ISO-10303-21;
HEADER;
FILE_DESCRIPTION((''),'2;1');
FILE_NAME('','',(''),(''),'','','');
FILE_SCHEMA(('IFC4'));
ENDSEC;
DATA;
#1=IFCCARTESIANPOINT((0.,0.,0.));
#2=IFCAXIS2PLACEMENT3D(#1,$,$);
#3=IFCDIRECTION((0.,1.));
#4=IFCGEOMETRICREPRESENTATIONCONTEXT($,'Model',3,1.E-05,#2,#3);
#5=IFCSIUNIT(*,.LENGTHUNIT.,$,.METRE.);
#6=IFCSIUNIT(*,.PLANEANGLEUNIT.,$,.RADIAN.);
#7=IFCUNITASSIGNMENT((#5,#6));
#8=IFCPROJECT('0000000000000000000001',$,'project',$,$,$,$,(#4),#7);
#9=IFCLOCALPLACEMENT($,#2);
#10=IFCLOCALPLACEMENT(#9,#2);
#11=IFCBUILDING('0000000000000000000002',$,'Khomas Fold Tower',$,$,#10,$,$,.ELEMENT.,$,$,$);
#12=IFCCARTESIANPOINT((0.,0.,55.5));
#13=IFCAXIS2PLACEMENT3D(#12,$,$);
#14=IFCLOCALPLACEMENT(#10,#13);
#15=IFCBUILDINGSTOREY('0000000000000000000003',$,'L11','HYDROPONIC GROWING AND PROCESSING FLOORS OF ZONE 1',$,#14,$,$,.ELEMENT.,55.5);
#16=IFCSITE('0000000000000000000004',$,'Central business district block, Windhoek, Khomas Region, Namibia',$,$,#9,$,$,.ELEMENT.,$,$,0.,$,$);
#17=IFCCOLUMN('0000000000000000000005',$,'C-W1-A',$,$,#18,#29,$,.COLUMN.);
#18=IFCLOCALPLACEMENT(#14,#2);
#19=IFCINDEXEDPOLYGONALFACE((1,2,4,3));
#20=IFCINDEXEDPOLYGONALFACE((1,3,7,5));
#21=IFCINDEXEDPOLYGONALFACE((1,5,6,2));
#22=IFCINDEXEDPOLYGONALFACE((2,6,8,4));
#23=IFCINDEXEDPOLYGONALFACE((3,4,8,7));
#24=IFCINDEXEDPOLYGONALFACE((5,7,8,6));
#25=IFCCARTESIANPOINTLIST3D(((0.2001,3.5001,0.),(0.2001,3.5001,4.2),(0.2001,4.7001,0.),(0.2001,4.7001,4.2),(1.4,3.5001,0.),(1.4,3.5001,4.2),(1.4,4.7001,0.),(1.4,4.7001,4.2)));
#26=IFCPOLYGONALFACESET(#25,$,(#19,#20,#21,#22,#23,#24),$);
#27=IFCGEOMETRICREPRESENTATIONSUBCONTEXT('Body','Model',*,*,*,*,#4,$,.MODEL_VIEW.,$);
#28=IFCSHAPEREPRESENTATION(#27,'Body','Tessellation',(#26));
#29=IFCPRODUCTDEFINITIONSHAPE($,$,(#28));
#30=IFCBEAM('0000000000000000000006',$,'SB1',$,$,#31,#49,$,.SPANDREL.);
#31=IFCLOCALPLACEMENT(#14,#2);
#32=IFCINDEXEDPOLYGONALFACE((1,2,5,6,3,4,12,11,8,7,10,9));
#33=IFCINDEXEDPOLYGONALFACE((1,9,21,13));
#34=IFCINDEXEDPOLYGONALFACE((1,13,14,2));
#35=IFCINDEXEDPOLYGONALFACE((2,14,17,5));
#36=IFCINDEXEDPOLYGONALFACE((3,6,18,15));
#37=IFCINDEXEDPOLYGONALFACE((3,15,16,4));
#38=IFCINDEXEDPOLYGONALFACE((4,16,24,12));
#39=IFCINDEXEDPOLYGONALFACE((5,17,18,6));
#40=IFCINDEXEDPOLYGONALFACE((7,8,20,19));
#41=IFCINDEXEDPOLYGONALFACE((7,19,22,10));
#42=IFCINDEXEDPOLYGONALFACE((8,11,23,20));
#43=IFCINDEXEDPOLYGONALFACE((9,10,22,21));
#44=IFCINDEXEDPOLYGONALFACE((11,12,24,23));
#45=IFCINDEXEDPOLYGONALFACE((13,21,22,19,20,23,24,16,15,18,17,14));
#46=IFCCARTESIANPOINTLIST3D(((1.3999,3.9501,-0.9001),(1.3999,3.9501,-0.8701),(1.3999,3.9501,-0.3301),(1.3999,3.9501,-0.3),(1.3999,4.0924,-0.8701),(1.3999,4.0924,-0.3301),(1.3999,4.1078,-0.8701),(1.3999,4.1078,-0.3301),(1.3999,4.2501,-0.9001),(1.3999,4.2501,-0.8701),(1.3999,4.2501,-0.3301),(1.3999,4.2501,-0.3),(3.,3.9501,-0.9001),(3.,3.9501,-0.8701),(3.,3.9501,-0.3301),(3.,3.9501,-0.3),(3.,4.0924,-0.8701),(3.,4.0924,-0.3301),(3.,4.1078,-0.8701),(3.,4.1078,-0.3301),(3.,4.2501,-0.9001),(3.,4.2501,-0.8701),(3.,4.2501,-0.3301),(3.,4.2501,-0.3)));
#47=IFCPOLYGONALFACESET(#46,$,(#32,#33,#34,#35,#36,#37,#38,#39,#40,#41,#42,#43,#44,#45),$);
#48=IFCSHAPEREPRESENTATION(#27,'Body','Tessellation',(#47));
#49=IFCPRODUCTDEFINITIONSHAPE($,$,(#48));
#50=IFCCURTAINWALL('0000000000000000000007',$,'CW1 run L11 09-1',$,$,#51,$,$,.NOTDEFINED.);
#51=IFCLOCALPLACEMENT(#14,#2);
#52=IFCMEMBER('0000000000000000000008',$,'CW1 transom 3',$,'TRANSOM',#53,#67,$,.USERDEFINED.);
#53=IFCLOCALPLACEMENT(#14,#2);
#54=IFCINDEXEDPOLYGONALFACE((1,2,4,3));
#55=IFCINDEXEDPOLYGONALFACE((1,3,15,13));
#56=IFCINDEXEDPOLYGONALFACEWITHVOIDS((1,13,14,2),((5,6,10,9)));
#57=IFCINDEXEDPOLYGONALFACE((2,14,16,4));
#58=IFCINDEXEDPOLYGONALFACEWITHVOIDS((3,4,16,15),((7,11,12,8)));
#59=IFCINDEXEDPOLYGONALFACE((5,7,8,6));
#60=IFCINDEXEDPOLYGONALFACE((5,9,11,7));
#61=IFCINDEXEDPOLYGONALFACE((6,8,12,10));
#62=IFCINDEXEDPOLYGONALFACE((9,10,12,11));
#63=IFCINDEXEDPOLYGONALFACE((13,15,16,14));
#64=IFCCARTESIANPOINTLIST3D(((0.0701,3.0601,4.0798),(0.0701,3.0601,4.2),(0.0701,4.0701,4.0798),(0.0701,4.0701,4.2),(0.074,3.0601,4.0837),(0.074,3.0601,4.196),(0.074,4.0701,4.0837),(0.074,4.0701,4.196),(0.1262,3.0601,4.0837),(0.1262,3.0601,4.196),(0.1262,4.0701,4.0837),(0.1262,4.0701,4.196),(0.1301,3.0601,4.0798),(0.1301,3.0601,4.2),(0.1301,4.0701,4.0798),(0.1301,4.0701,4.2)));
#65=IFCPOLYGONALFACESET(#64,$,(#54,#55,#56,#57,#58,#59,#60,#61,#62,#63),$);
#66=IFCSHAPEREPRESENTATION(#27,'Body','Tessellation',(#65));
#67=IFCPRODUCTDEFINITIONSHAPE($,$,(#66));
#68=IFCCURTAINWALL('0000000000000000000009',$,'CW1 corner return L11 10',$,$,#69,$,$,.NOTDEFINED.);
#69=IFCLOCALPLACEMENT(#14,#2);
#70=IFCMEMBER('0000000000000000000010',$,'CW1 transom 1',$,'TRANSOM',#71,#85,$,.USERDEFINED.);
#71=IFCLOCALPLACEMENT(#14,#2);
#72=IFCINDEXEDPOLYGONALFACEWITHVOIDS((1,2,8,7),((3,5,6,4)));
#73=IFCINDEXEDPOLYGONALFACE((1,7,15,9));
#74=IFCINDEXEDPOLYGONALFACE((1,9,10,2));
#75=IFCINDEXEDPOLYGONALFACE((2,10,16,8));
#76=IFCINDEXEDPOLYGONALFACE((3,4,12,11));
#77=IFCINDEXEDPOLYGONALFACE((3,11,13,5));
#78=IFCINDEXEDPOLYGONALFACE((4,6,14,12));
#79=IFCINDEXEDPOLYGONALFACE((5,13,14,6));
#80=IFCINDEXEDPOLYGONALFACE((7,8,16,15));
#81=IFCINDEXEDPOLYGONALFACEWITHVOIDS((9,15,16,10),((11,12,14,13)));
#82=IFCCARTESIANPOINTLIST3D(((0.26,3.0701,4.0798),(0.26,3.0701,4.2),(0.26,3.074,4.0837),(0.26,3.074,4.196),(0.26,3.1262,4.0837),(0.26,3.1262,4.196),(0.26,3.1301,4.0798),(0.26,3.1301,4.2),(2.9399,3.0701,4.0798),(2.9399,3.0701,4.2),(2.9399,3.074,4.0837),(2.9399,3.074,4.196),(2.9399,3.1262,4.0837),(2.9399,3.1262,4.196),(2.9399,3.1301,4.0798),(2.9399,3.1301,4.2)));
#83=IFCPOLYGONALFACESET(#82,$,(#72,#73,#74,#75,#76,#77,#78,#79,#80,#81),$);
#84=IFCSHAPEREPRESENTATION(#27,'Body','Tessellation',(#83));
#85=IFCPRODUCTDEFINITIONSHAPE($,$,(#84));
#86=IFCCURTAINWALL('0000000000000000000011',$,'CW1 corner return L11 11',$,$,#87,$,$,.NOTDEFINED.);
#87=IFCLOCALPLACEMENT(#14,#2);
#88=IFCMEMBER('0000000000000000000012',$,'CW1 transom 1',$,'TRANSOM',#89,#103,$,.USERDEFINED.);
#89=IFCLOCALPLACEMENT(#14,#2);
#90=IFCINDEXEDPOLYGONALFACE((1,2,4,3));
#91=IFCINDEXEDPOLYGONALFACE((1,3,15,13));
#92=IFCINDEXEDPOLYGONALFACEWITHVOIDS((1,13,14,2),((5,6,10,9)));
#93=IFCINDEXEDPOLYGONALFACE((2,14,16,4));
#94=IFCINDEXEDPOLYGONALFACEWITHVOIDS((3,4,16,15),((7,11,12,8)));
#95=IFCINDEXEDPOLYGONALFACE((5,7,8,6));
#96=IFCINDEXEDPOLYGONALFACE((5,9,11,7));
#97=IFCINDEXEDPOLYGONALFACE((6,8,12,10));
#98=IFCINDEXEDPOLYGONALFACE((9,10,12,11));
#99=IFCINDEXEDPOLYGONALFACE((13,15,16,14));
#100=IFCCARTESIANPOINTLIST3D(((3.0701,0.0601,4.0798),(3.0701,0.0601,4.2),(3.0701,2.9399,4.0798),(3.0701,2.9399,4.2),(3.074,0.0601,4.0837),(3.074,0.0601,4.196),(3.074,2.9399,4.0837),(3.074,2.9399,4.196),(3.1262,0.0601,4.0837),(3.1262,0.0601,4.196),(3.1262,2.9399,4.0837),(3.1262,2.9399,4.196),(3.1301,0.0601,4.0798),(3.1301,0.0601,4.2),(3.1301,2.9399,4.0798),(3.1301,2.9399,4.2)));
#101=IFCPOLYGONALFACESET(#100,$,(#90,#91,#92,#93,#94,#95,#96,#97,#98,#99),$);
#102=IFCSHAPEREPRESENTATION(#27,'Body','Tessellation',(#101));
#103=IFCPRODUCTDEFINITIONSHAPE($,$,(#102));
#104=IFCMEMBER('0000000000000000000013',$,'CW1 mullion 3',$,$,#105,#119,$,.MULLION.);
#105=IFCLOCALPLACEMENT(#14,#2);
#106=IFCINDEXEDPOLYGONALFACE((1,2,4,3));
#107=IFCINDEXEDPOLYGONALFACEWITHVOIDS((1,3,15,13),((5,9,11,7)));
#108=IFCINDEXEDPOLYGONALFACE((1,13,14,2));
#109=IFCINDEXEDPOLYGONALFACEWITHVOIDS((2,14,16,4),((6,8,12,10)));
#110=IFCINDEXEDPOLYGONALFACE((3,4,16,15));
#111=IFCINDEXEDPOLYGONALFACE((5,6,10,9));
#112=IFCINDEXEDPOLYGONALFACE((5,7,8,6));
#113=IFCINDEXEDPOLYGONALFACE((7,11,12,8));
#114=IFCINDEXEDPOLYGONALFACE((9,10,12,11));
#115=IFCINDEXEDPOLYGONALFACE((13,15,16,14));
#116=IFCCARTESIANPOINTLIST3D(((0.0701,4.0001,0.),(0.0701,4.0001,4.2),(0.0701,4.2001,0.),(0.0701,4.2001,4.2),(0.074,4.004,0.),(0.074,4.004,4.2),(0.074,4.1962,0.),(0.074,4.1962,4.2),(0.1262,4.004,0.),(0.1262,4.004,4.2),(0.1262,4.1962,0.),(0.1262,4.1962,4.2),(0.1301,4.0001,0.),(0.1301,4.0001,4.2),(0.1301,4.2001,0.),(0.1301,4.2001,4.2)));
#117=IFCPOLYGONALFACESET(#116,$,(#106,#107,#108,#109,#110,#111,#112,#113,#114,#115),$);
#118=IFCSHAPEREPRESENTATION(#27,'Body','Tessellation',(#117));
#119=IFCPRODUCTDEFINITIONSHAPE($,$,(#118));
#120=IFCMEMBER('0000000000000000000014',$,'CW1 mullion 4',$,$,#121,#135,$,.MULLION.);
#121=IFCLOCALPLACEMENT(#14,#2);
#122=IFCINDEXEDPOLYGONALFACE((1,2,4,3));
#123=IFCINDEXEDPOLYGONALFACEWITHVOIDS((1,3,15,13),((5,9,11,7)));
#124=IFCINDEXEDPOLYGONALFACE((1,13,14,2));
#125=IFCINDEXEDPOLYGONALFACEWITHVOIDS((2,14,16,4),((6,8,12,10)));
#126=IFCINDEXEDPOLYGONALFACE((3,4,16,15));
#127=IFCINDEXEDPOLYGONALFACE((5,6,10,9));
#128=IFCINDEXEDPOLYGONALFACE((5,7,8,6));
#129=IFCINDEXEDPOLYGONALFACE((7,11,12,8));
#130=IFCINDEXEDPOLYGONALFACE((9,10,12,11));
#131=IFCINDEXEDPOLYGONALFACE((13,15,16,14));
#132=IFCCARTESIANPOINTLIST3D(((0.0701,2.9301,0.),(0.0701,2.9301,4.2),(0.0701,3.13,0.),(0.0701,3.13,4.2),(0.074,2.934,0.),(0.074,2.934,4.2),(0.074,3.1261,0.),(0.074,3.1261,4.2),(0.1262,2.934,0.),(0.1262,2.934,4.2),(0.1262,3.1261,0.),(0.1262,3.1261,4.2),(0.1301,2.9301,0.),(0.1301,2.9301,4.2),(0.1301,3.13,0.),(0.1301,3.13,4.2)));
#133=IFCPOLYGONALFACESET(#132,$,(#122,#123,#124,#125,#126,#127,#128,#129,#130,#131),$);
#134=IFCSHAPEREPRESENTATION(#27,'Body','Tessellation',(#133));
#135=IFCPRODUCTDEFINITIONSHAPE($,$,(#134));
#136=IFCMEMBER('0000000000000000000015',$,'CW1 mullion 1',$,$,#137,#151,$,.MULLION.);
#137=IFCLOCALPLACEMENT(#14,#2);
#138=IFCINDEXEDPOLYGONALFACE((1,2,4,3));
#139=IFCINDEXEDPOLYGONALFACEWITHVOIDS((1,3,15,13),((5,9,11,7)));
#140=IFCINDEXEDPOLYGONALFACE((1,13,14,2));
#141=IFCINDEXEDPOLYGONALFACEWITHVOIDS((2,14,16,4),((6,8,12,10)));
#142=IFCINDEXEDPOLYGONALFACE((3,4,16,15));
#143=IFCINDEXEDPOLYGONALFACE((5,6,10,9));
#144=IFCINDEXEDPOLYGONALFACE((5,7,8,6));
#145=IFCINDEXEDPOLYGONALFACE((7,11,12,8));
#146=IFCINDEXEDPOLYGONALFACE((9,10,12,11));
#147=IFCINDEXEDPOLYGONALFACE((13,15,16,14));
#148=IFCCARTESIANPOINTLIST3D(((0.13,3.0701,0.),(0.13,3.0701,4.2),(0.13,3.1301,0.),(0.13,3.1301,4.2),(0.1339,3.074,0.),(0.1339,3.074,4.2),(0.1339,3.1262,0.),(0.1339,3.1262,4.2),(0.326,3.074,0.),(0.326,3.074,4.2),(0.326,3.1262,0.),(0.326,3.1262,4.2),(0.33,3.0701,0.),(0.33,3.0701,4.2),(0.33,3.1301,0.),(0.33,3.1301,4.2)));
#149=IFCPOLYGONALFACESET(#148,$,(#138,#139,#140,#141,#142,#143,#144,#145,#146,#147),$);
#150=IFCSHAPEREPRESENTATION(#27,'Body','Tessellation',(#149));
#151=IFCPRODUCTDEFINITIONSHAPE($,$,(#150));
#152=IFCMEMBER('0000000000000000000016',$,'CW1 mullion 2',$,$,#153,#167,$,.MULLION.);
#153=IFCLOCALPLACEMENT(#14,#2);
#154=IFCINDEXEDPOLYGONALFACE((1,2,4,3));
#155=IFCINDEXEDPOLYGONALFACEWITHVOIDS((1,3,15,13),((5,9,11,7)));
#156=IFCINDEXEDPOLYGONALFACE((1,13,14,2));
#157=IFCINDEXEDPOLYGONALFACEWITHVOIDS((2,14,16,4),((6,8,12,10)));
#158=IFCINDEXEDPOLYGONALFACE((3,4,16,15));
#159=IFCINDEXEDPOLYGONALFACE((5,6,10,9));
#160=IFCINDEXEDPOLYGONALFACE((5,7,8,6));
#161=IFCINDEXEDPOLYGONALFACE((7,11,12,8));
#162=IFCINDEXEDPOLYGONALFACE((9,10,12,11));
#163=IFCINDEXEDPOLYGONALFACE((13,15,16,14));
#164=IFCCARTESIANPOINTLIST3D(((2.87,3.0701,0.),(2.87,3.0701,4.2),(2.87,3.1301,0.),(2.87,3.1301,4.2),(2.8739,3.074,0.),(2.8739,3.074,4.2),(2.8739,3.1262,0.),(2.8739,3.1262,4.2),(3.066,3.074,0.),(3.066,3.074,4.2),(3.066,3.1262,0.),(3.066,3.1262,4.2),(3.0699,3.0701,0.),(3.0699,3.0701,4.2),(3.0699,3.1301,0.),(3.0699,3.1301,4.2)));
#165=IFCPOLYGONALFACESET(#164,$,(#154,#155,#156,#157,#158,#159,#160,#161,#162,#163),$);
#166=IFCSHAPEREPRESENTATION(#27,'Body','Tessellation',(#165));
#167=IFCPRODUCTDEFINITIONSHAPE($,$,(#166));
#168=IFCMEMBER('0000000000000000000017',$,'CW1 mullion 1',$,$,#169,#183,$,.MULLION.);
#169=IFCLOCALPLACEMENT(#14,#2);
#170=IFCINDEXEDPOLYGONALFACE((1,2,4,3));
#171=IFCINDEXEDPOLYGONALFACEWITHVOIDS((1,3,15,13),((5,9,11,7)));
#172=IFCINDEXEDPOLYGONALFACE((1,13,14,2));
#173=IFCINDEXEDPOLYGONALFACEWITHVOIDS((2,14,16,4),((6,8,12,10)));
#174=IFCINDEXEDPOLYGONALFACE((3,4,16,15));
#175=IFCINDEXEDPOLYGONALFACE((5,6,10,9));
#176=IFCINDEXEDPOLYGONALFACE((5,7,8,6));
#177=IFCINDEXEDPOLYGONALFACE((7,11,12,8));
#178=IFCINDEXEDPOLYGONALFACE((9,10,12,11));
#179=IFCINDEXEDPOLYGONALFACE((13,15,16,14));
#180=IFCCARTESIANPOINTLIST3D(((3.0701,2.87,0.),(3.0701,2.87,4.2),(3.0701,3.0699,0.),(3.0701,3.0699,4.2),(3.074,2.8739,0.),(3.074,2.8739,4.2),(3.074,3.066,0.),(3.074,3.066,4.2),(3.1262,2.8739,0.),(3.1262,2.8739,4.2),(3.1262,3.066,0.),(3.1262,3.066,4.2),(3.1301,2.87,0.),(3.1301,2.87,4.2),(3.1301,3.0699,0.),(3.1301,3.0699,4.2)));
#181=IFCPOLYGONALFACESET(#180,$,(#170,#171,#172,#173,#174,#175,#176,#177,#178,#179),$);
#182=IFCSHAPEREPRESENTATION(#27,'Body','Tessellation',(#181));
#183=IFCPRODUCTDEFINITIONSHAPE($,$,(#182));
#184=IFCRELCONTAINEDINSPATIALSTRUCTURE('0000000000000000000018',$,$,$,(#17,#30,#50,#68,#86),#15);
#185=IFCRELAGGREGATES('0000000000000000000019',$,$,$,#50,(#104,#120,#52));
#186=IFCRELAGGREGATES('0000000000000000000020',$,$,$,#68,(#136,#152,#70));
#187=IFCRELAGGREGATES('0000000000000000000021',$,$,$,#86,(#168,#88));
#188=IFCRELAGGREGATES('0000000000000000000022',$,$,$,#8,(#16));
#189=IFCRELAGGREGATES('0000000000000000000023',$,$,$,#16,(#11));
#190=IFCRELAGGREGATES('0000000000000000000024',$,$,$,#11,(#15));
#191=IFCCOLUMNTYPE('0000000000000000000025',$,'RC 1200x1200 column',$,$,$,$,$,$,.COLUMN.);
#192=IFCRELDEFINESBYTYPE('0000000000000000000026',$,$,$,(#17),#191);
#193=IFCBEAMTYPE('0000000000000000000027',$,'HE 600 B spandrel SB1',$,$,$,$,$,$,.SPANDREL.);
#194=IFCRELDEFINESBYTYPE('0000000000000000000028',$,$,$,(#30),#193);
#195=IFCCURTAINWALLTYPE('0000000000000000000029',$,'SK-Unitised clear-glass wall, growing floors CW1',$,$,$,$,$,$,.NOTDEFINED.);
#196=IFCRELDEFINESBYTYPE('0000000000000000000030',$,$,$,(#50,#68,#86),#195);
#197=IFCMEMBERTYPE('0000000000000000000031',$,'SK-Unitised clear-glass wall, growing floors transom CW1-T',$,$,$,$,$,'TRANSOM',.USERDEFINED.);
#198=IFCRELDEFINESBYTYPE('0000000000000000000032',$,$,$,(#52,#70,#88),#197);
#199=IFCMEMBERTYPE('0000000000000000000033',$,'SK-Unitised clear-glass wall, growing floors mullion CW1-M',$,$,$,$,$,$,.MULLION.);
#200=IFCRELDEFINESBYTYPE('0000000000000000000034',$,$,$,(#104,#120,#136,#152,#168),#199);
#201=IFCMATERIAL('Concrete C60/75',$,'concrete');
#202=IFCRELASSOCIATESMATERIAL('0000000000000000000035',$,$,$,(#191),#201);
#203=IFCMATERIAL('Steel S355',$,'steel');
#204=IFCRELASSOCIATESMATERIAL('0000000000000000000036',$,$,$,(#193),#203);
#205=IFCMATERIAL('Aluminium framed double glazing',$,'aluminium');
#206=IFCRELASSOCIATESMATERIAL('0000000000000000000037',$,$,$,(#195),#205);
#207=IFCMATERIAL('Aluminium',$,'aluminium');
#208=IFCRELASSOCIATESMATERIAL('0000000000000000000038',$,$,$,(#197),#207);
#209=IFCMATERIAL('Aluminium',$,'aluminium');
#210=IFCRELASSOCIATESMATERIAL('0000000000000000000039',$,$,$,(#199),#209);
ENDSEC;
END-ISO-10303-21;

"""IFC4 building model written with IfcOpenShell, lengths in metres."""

from ifc_helpers import new_model, si_unit, direction, frame, origin, origin_2d, place, context, subcontext, project, spatial, rectangle, hollow_rectangle, i_section, extrude, source, transform, mapped, material, material_profile, profile_set, type_object, element, aggregate, save


model = new_model("IFC4")

# Units and contexts
model_context = context("Model", 3, precision=1e-05, world=origin(), true_north=direction((0.0, 1.0)))
body_context = subcontext(model_context, "Body", "Model", "MODEL_VIEW")
ifc_project = project(units=[si_unit("LENGTHUNIT", "METRE"), si_unit("PLANEANGLEUNIT", "RADIAN")], contexts=[model_context])

# Site, building, storey
site_placement = place(None, origin())
site = spatial("IfcSite", under=ifc_project, at=site_placement, Name="Central business district block, Windhoek, Khomas Region, Namibia", CompositionType="ELEMENT", RefElevation=0.0)
building_placement = place(site_placement, origin())
building = spatial("IfcBuilding", under=site, at=building_placement, Name="Khomas Fold Tower", CompositionType="ELEMENT")
storey_placement = place(building_placement, frame((0.0, 0.0, 55.5)))
storey = spatial("IfcBuildingStorey", under=building, at=storey_placement, Name="L11", Description="HYDROPONIC GROWING AND PROCESSING FLOORS OF ZONE 1", CompositionType="ELEMENT", Elevation=55.5)

# Column
ifc_material_1 = material(Name="Concrete C60/75", Category="concrete")
ifc_material_profile_1 = material_profile(ifc_material_1, rectangle(XDim=1.2, YDim=1.2, at=origin_2d()), Name="RC 1200x1200")
ifc_profile_set_1 = profile_set([ifc_material_profile_1], Name="Concrete C60/75")
column_type = type_object("IfcColumnType", Name="RC 1200x1200 column", PredefinedType="COLUMN", material=ifc_profile_set_1)
shared_shape_1 = source(origin(), body_context, "Body", "SweptSolid", [
    extrude(rectangle(XDim=1.2, YDim=1.2, at=origin_2d()), origin(), (0.0, 0.0, 1.0), 4.2),
])
column_placement = place(storey_placement, frame((0.8, 4.1001, 0.0), z_axis=(0.0, 0.0, 1.0), x_axis=(1.0, 0.0, 0.0)))
element("IfcColumn", 1, at=column_placement, inside=storey, type_object=column_type, Name="C-W1-A", PredefinedType="COLUMN", context=body_context, shape_type="MappedRepresentation", body=[
    mapped(shared_shape_1, transform((0.0, 0.0, 0.0))),
])

# Beam
ifc_material_2 = material(Name="Steel S355", Category="steel")
ifc_material_profile_2 = material_profile(ifc_material_2, i_section(OverallWidth=0.3, OverallDepth=0.6001, WebThickness=0.0154, FlangeThickness=0.03, at=origin_2d()), Name="HE 600 B")
ifc_profile_set_2 = profile_set([ifc_material_profile_2], Name="Steel S355")
beam_type = type_object("IfcBeamType", Name="HE 600 B spandrel SB1", PredefinedType="SPANDREL", material=ifc_profile_set_2)
shared_shape_2 = source(origin(), body_context, "Body", "SweptSolid", [
    extrude(i_section(OverallWidth=0.3, OverallDepth=0.6001, WebThickness=0.0154, FlangeThickness=0.03, at=origin_2d()), origin(), (0.0, 0.0, 1.0), 1.6001),
])
beam_placement = place(storey_placement, frame((1.3999, 4.1001, -0.6001), z_axis=(1.0, 0.0, 0.0), x_axis=(0.0, 1.0, 0.0)))
element("IfcBeam", 2, at=beam_placement, inside=storey, type_object=beam_type, Name="SB1", PredefinedType="SPANDREL", context=body_context, shape_type="MappedRepresentation", body=[
    mapped(shared_shape_2, transform((0.0, 0.0, 0.0))),
])

# Curtain walls, members
ifc_material_3 = material(Name="Aluminium framed double glazing", Category="aluminium")
curtain_wall_type = type_object("IfcCurtainWallType", Name="SK-Unitised clear-glass wall, growing floors CW1", PredefinedType="NOTDEFINED", material=ifc_material_3)
curtain_wall_1_placement = place(storey_placement, origin())
curtain_wall_1 = element("IfcCurtainWall", 3, at=curtain_wall_1_placement, inside=storey, type_object=curtain_wall_type, Name="CW1 run L11 09-1", PredefinedType="NOTDEFINED")
ifc_material_4 = material(Name="Aluminium", Category="aluminium")
ifc_material_profile_3 = material_profile(ifc_material_4, hollow_rectangle(XDim=0.0601, YDim=0.1201, WallThickness=0.0039, at=origin_2d()), Name="SK-Unitised clear-glass wall, growing floors transom CW1-T")
ifc_profile_set_3 = profile_set([ifc_material_profile_3], Name="Aluminium")
member_type_1 = type_object("IfcMemberType", Name="SK-Unitised clear-glass wall, growing floors transom CW1-T", ElementType="TRANSOM", PredefinedType="USERDEFINED", material=ifc_profile_set_3)
shared_shape_3 = source(origin(), body_context, "Body", "SweptSolid", [
    extrude(hollow_rectangle(XDim=0.0601, YDim=0.1201, WallThickness=0.0039, at=origin_2d()), origin(), (0.0, 0.0, 1.0), 1.01),
])
member_1_placement = place(storey_placement, frame((0.1001, 4.0701, 4.1399), z_axis=(0.0, -1.0, 0.0), x_axis=(1.0, 0.0, 0.0)))
member_1 = element("IfcMember", 4, at=member_1_placement, type_object=member_type_1, Name="CW1 transom 3", ObjectType="TRANSOM", PredefinedType="USERDEFINED", context=body_context, shape_type="MappedRepresentation", body=[
    mapped(shared_shape_3, transform((0.0, 0.0, 0.0))),
])
curtain_wall_2_placement = place(storey_placement, origin())
curtain_wall_2 = element("IfcCurtainWall", 5, at=curtain_wall_2_placement, inside=storey, type_object=curtain_wall_type, Name="CW1 corner return L11 10", PredefinedType="NOTDEFINED")
shared_shape_4 = source(origin(), body_context, "Body", "SweptSolid", [
    extrude(hollow_rectangle(XDim=0.0601, YDim=0.1201, WallThickness=0.0039, at=origin_2d()), origin(), (0.0, 0.0, 1.0), 2.6799),
])
member_2_placement = place(storey_placement, frame((0.26, 3.1001, 4.1399), z_axis=(1.0, 0.0, 0.0), x_axis=(0.0, 1.0, 0.0)))
member_2 = element("IfcMember", 6, at=member_2_placement, type_object=member_type_1, Name="CW1 transom 1", ObjectType="TRANSOM", PredefinedType="USERDEFINED", context=body_context, shape_type="MappedRepresentation", body=[
    mapped(shared_shape_4, transform((0.0, 0.0, 0.0))),
])
curtain_wall_3_placement = place(storey_placement, origin())
curtain_wall_3 = element("IfcCurtainWall", 7, at=curtain_wall_3_placement, inside=storey, type_object=curtain_wall_type, Name="CW1 corner return L11 11", PredefinedType="NOTDEFINED")
shared_shape_5 = source(origin(), body_context, "Body", "SweptSolid", [
    extrude(hollow_rectangle(XDim=0.0601, YDim=0.1201, WallThickness=0.0039, at=origin_2d()), origin(), (0.0, 0.0, 1.0), 2.8799),
])
member_3_placement = place(storey_placement, frame((3.1001, 2.9399, 4.1399), z_axis=(0.0, -1.0, 0.0), x_axis=(1.0, 0.0, 0.0)))
member_3 = element("IfcMember", 8, at=member_3_placement, type_object=member_type_1, Name="CW1 transom 1", ObjectType="TRANSOM", PredefinedType="USERDEFINED", context=body_context, shape_type="MappedRepresentation", body=[
    mapped(shared_shape_5, transform((0.0, 0.0, 0.0))),
])

# Members
ifc_material_5 = material(Name="Aluminium", Category="aluminium")
ifc_material_profile_4 = material_profile(ifc_material_5, hollow_rectangle(XDim=0.0601, YDim=0.2, WallThickness=0.0039, at=origin_2d()), Name="SK-Unitised clear-glass wall, growing floors mullion CW1-M")
ifc_profile_set_4 = profile_set([ifc_material_profile_4], Name="Aluminium")
member_type_2 = type_object("IfcMemberType", Name="SK-Unitised clear-glass wall, growing floors mullion CW1-M", PredefinedType="MULLION", material=ifc_profile_set_4)
shared_shape_6 = source(origin(), body_context, "Body", "SweptSolid", [
    extrude(hollow_rectangle(XDim=0.0601, YDim=0.2, WallThickness=0.0039, at=origin_2d()), origin(), (0.0, 0.0, 1.0), 4.2),
])
member_4_placement = place(storey_placement, frame((0.1001, 4.1001, 0.0), z_axis=(0.0, 0.0, 1.0), x_axis=(1.0, 0.0, 0.0)))
member_4 = element("IfcMember", 9, at=member_4_placement, type_object=member_type_2, Name="CW1 mullion 3", PredefinedType="MULLION", context=body_context, shape_type="MappedRepresentation", body=[
    mapped(shared_shape_6, transform((0.0, 0.0, 0.0))),
])
member_5_placement = place(storey_placement, frame((0.1001, 3.03, 0.0), z_axis=(0.0, 0.0, 1.0), x_axis=(1.0, 0.0, 0.0)))
member_5 = element("IfcMember", 10, at=member_5_placement, type_object=member_type_2, Name="CW1 mullion 4", PredefinedType="MULLION", context=body_context, shape_type="MappedRepresentation", body=[
    mapped(shared_shape_6, transform((0.0, 0.0, 0.0))),
])
member_6_placement = place(storey_placement, frame((0.23, 3.1001, 0.0), z_axis=(0.0, 0.0, 1.0), x_axis=(0.0, 1.0, 0.0)))
member_6 = element("IfcMember", 11, at=member_6_placement, type_object=member_type_2, Name="CW1 mullion 1", PredefinedType="MULLION", context=body_context, shape_type="MappedRepresentation", body=[
    mapped(shared_shape_6, transform((0.0, 0.0, 0.0))),
])
member_7_placement = place(storey_placement, frame((2.97, 3.1001, 0.0), z_axis=(0.0, 0.0, 1.0), x_axis=(0.0, 1.0, 0.0)))
member_7 = element("IfcMember", 12, at=member_7_placement, type_object=member_type_2, Name="CW1 mullion 2", PredefinedType="MULLION", context=body_context, shape_type="MappedRepresentation", body=[
    mapped(shared_shape_6, transform((0.0, 0.0, 0.0))),
])
member_8_placement = place(storey_placement, frame((3.1001, 2.97, 0.0), z_axis=(0.0, 0.0, 1.0), x_axis=(1.0, 0.0, 0.0)))
member_8 = element("IfcMember", 13, at=member_8_placement, type_object=member_type_2, Name="CW1 mullion 1", PredefinedType="MULLION", context=body_context, shape_type="MappedRepresentation", body=[
    mapped(shared_shape_6, transform((0.0, 0.0, 0.0))),
])

aggregate(curtain_wall_1, [member_4, member_5, member_1])
aggregate(curtain_wall_2, [member_6, member_7, member_2])
aggregate(curtain_wall_3, [member_8, member_3])

save(model, "model.ifc")
